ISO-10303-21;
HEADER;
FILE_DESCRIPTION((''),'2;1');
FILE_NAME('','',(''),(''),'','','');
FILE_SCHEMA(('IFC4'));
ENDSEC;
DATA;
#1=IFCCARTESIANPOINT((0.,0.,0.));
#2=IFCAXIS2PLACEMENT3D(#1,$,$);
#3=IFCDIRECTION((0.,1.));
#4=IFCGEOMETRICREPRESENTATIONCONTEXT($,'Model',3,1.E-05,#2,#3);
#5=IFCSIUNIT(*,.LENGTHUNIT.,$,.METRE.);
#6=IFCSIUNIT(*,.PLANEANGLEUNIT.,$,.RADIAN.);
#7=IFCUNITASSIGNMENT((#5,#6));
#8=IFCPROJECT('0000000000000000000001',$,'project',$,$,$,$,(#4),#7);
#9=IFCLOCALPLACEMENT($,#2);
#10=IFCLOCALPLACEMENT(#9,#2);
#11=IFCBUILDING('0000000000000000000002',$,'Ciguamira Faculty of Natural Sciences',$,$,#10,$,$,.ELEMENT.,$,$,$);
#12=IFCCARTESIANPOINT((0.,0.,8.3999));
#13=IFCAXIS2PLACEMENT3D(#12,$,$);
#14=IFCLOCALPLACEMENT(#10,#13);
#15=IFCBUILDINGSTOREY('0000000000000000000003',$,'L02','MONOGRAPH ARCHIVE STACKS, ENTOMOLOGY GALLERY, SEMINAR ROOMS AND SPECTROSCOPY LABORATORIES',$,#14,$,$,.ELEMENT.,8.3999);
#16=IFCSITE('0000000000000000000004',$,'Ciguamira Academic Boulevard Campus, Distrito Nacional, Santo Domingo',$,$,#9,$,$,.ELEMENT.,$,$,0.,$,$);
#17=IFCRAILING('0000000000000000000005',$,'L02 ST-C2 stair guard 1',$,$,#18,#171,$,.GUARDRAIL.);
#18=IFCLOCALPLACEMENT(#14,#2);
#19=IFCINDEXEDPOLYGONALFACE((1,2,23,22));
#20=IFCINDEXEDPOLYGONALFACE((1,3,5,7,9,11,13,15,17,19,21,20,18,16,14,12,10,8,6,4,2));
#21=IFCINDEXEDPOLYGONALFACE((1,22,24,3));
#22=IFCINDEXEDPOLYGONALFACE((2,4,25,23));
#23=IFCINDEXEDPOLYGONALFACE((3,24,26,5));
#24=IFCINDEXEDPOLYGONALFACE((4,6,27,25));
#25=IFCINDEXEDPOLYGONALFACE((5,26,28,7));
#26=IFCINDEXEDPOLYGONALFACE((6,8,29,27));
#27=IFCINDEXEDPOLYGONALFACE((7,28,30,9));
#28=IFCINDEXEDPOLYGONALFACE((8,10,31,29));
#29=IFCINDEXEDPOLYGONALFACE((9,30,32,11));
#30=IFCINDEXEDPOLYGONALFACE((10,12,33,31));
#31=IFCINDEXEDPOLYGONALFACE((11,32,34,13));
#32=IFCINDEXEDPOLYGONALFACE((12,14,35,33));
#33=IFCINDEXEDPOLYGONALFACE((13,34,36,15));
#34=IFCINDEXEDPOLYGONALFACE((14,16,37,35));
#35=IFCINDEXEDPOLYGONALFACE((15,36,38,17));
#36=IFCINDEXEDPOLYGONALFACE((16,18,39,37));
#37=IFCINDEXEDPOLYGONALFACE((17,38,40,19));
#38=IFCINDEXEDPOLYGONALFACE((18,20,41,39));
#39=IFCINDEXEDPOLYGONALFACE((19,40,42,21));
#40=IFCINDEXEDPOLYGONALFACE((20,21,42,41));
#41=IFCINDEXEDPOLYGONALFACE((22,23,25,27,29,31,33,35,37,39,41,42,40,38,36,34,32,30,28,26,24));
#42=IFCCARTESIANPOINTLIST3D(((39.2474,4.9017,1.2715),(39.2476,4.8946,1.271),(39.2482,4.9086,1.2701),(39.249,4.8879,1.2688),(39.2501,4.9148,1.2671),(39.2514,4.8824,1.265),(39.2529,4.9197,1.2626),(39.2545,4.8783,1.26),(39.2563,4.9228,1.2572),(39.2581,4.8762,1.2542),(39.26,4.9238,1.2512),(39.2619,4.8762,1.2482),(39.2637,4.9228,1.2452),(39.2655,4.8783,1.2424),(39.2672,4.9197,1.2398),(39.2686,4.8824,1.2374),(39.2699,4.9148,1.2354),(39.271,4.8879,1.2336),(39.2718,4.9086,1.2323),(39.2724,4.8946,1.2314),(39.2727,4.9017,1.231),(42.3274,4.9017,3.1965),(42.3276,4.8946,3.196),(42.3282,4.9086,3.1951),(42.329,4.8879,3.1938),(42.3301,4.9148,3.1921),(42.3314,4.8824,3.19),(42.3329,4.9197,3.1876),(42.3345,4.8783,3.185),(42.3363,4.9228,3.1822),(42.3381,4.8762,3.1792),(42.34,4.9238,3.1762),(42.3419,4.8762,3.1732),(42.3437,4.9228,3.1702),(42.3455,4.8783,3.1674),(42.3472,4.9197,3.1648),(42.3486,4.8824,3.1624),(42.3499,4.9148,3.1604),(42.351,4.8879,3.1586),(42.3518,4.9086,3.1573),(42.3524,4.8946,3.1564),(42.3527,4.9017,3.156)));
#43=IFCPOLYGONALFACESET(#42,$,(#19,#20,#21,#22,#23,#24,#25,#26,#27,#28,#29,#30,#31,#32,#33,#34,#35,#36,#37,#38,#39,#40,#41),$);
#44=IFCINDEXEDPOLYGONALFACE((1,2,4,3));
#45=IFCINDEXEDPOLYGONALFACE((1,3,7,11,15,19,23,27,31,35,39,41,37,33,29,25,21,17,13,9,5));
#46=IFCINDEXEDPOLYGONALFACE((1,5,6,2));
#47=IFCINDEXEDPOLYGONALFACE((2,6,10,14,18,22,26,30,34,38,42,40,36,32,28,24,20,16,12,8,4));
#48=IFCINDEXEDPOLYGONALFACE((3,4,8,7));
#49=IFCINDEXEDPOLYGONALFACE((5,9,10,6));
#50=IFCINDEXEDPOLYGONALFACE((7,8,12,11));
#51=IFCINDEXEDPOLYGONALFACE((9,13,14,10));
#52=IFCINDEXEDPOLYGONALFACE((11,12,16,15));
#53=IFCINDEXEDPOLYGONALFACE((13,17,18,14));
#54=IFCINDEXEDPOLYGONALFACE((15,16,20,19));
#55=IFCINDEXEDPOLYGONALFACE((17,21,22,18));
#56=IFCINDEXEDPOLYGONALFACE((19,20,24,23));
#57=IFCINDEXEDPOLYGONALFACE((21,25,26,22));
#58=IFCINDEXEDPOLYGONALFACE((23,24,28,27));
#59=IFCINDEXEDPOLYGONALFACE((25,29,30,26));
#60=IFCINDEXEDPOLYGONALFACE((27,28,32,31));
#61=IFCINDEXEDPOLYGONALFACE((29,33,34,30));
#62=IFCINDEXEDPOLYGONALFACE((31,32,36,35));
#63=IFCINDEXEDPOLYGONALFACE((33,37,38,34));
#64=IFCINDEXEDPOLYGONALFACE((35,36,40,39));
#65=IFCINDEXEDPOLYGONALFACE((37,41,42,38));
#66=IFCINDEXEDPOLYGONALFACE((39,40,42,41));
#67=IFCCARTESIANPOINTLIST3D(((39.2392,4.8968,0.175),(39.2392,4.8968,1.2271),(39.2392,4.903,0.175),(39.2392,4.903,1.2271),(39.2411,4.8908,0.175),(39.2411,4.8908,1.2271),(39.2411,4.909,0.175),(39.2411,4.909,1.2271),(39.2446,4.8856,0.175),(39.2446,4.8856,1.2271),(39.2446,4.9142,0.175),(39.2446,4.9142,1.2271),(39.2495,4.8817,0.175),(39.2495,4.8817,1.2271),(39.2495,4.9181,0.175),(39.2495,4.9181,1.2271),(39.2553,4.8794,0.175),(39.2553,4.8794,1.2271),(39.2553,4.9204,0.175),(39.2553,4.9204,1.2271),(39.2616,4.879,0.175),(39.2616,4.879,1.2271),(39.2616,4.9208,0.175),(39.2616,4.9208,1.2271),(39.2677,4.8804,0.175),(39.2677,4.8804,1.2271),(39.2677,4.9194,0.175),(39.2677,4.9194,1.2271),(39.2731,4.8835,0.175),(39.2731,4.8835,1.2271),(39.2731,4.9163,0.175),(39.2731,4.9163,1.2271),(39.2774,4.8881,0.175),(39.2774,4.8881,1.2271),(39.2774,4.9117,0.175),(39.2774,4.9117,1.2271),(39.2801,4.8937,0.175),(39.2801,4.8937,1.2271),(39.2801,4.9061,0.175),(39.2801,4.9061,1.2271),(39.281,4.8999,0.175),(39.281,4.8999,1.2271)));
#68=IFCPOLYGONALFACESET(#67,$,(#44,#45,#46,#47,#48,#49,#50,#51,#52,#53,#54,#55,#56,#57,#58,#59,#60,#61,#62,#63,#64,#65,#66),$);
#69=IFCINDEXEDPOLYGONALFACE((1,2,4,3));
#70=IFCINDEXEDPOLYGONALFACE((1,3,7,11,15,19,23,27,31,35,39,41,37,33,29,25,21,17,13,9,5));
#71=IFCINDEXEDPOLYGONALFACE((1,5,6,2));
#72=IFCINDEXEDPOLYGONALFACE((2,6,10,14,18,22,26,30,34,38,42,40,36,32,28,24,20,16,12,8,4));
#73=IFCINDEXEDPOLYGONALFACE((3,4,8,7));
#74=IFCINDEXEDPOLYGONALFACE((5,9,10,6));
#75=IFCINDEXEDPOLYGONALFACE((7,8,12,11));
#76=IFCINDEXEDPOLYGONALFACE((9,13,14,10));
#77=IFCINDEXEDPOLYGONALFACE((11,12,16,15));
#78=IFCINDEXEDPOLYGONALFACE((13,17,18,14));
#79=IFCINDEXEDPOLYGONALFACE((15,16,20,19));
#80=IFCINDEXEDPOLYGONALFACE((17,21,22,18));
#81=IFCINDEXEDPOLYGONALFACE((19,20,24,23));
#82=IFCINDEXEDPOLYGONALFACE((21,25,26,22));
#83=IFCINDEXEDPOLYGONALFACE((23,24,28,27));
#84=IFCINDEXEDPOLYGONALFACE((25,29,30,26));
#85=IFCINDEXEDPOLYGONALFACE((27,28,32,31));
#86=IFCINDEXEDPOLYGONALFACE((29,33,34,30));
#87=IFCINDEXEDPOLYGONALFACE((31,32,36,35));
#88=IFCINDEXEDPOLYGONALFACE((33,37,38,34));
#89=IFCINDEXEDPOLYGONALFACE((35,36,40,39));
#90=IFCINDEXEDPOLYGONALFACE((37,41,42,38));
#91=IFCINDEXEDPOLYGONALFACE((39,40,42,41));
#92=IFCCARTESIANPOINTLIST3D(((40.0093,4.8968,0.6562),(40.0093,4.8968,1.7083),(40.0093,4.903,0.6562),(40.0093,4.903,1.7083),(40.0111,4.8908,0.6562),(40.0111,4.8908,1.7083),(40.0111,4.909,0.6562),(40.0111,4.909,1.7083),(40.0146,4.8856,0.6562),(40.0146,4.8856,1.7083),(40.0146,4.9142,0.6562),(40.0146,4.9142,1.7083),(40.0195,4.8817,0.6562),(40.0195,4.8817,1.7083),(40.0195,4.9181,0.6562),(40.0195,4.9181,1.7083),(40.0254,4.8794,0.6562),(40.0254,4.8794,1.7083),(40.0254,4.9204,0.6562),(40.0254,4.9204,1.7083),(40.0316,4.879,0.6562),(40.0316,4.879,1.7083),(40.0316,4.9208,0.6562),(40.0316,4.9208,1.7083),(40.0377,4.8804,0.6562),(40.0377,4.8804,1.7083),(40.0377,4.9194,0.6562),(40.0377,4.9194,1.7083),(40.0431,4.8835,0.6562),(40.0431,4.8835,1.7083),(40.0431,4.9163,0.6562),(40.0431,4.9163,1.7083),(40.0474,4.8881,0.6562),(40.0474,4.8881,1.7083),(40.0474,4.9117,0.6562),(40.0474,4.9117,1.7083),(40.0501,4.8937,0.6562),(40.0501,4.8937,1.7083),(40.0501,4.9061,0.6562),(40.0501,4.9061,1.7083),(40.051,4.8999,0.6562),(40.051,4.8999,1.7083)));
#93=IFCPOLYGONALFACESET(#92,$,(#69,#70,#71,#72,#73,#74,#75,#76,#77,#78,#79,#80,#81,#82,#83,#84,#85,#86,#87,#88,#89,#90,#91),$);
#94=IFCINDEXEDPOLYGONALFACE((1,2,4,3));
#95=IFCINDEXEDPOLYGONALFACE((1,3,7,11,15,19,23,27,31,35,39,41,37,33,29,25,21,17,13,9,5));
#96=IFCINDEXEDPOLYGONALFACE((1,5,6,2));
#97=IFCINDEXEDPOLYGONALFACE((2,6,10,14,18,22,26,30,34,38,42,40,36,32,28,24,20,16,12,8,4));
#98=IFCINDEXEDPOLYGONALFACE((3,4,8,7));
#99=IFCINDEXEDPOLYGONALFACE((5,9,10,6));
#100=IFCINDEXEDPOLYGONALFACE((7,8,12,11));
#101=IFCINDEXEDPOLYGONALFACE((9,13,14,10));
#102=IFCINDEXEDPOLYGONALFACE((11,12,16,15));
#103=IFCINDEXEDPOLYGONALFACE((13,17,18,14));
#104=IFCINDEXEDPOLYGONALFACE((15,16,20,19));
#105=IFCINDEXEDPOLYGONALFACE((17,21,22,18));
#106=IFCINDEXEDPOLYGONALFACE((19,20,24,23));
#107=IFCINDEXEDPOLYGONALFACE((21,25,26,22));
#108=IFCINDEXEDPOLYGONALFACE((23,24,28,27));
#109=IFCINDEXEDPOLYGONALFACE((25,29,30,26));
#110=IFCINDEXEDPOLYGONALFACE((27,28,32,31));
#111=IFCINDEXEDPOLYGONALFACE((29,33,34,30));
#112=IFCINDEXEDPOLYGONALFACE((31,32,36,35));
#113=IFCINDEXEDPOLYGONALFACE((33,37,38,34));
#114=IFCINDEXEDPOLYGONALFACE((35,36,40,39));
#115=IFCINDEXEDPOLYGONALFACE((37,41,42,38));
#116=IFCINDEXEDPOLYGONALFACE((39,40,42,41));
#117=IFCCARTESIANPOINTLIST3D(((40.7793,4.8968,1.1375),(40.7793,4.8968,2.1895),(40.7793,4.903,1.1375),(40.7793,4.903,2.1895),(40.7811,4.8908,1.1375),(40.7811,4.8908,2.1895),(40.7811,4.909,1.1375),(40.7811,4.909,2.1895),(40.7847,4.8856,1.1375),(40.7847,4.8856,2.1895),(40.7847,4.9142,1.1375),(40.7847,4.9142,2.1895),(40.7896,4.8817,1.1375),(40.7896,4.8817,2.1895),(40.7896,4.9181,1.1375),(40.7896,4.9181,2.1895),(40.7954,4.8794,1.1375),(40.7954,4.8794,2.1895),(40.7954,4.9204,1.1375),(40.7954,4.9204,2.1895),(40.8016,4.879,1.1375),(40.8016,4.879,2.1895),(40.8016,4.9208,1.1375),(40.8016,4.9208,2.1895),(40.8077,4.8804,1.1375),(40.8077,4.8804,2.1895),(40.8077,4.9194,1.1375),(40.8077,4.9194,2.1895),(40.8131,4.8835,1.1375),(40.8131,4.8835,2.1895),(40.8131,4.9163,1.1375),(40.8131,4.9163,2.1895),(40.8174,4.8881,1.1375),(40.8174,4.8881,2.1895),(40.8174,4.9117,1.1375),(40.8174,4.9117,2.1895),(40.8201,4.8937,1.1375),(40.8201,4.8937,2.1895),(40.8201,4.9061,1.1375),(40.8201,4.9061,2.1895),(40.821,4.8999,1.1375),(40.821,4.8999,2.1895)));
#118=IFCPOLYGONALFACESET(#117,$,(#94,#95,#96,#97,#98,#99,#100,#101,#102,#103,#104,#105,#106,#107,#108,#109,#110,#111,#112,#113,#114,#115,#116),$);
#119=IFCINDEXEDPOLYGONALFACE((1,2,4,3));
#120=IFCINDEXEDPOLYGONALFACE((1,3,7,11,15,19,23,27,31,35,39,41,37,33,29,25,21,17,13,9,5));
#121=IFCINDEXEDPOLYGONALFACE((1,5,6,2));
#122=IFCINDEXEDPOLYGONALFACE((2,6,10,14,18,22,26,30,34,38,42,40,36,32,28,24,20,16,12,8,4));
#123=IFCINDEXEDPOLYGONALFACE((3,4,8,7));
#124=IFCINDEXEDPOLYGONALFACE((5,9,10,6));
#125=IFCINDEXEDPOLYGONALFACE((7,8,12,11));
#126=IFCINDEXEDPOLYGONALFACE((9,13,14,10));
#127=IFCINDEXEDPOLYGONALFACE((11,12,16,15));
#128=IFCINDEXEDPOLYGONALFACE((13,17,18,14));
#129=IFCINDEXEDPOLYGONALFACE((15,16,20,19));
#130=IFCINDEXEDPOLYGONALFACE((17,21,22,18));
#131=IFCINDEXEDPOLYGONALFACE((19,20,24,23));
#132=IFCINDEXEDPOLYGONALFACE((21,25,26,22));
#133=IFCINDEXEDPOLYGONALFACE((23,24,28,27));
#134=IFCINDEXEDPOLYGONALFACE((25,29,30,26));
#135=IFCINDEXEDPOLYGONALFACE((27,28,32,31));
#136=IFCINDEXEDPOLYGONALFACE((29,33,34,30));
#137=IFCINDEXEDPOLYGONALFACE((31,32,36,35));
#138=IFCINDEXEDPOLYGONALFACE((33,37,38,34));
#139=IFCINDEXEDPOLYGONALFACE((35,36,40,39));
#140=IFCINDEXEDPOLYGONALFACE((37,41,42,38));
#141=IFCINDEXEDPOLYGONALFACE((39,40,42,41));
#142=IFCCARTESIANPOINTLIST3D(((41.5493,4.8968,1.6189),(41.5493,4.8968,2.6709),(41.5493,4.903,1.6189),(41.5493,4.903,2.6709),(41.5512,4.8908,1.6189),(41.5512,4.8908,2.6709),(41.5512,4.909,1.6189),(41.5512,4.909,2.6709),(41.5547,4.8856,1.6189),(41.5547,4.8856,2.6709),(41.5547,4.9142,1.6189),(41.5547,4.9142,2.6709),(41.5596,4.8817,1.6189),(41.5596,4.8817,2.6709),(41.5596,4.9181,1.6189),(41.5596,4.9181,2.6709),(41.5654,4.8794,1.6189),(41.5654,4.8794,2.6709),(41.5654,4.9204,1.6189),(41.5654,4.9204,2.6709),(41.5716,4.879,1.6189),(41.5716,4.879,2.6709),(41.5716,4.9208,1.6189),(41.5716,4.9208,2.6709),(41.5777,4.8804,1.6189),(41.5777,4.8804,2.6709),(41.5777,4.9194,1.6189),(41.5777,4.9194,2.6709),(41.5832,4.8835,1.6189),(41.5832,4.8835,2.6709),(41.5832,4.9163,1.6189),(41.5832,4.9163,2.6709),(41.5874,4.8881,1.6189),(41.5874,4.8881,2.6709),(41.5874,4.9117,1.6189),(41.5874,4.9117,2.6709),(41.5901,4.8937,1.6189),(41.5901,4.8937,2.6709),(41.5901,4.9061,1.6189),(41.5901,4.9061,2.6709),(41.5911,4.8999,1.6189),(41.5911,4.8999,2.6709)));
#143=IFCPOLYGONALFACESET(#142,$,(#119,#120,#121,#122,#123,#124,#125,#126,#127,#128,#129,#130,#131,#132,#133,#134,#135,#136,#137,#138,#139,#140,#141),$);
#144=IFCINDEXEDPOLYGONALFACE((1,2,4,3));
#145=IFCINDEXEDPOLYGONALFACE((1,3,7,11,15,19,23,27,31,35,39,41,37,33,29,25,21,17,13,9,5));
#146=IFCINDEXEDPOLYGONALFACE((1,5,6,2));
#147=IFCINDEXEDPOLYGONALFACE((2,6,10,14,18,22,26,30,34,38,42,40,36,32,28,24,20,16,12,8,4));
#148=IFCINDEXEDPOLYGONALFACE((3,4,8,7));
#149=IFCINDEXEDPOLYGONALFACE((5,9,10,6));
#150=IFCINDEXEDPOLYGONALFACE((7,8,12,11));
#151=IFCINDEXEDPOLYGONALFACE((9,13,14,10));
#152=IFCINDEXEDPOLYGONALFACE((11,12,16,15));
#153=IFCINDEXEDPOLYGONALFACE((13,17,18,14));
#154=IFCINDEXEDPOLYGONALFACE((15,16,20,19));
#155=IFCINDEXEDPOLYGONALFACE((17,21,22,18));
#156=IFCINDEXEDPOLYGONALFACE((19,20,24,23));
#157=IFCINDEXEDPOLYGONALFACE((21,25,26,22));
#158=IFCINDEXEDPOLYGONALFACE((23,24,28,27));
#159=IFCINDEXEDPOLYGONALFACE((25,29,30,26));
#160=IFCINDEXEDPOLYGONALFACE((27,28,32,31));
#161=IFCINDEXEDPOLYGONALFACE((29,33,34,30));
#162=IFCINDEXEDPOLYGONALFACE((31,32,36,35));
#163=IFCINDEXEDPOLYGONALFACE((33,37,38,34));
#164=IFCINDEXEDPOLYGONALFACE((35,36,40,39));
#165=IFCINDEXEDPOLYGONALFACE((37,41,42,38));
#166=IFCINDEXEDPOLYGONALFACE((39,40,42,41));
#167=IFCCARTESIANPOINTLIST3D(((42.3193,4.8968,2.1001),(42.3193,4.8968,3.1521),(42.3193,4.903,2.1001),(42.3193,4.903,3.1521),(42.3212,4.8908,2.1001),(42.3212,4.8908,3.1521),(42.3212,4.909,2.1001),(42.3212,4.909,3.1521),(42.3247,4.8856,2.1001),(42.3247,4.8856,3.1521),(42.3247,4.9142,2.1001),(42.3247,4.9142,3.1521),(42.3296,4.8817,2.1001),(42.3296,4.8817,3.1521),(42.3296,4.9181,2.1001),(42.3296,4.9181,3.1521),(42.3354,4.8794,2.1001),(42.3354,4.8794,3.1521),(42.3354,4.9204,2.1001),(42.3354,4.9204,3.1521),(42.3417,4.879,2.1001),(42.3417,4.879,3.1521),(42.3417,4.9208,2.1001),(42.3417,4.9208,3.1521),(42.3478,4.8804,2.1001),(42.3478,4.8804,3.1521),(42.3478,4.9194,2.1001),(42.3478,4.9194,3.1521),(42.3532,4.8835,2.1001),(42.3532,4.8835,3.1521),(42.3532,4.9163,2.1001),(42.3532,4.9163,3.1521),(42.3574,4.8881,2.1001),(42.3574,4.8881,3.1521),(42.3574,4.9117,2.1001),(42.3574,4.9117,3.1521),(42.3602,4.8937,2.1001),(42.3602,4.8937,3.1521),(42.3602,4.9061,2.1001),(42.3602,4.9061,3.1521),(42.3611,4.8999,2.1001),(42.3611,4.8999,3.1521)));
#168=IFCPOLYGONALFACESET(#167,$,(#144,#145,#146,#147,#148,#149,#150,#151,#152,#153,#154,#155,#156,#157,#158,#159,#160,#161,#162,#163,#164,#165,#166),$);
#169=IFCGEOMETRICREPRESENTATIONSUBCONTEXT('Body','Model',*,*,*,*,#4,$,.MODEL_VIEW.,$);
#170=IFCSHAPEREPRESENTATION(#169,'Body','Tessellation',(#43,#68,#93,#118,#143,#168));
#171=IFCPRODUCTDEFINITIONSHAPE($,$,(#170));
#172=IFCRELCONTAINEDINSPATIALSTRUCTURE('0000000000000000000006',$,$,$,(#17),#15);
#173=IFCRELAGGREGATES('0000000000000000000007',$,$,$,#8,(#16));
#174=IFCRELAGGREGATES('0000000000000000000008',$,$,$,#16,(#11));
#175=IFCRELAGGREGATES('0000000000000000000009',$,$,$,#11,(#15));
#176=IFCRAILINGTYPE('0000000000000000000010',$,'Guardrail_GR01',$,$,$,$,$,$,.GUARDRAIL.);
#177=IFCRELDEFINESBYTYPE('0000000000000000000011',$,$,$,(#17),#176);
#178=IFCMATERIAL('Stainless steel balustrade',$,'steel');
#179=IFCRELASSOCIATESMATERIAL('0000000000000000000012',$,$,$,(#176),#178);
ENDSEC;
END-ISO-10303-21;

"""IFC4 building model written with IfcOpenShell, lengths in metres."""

from ifc_helpers import new_model, si_unit, direction, frame, origin, origin_2d, place, context, subcontext, project, spatial, circle, extrude, material, type_object, element, save


model = new_model("IFC4")

# Units and contexts
model_context = context("Model", 3, precision=1e-05, world=origin(), true_north=direction((0.0, 1.0)))
body_context = subcontext(model_context, "Body", "Model", "MODEL_VIEW")
ifc_project = project(units=[si_unit("LENGTHUNIT", "METRE"), si_unit("PLANEANGLEUNIT", "RADIAN")], contexts=[model_context])

# Site, building, storey
site_placement = place(None, origin())
site = spatial("IfcSite", under=ifc_project, at=site_placement, Name="Ciguamira Academic Boulevard Campus, Distrito Nacional, Santo Domingo", CompositionType="ELEMENT", RefElevation=0.0)
building_placement = place(site_placement, origin())
building = spatial("IfcBuilding", under=site, at=building_placement, Name="Ciguamira Faculty of Natural Sciences", CompositionType="ELEMENT")
storey_placement = place(building_placement, frame((0.0, 0.0, 8.3999)))
storey = spatial("IfcBuildingStorey", under=building, at=storey_placement, Name="L02", Description="MONOGRAPH ARCHIVE STACKS, ENTOMOLOGY GALLERY, SEMINAR ROOMS AND SPECTROSCOPY LABORATORIES", CompositionType="ELEMENT", Elevation=8.3999)

# Railing
ifc_material_1 = material(Name="Stainless steel balustrade", Category="steel")
railing_type_1 = type_object("IfcRailingType", Name="Guardrail_GR01", PredefinedType="GUARDRAIL", material=ifc_material_1)
railing_1_placement = place(storey_placement, frame((39.26, 4.8999, 0.175)))
element("IfcRailing", 1, at=railing_1_placement, inside=storey, type_object=railing_type_1, Name="L02 ST-C2 stair guard 1", PredefinedType="GUARDRAIL", context=body_context, shape_type="SweptSolid", body=[
    extrude(circle(Radius=0.0239, at=origin_2d()), frame((0.0, 0.0, 1.0762), z_axis=(0.847998, 0.0, 0.529999), x_axis=(0.0, 1.0, 0.0)), (0.0, 0.0, 1.0), 3.6321),
    extrude(circle(Radius=0.021, at=origin_2d()), origin(), (0.0, 0.0, 1.0), 1.052),
    extrude(circle(Radius=0.021, at=origin_2d()), frame((0.77, 0.0, 0.4812)), (0.0, 0.0, 1.0), 1.052),
    extrude(circle(Radius=0.021, at=origin_2d()), frame((1.54, 0.0, 0.9624)), (0.0, 0.0, 1.0), 1.052),
    extrude(circle(Radius=0.021, at=origin_2d()), frame((2.3101, 0.0, 1.4438)), (0.0, 0.0, 1.0), 1.052),
    extrude(circle(Radius=0.021, at=origin_2d()), frame((3.0801, 0.0, 1.925)), (0.0, 0.0, 1.0), 1.052),
])

save(model, "model.ifc")
